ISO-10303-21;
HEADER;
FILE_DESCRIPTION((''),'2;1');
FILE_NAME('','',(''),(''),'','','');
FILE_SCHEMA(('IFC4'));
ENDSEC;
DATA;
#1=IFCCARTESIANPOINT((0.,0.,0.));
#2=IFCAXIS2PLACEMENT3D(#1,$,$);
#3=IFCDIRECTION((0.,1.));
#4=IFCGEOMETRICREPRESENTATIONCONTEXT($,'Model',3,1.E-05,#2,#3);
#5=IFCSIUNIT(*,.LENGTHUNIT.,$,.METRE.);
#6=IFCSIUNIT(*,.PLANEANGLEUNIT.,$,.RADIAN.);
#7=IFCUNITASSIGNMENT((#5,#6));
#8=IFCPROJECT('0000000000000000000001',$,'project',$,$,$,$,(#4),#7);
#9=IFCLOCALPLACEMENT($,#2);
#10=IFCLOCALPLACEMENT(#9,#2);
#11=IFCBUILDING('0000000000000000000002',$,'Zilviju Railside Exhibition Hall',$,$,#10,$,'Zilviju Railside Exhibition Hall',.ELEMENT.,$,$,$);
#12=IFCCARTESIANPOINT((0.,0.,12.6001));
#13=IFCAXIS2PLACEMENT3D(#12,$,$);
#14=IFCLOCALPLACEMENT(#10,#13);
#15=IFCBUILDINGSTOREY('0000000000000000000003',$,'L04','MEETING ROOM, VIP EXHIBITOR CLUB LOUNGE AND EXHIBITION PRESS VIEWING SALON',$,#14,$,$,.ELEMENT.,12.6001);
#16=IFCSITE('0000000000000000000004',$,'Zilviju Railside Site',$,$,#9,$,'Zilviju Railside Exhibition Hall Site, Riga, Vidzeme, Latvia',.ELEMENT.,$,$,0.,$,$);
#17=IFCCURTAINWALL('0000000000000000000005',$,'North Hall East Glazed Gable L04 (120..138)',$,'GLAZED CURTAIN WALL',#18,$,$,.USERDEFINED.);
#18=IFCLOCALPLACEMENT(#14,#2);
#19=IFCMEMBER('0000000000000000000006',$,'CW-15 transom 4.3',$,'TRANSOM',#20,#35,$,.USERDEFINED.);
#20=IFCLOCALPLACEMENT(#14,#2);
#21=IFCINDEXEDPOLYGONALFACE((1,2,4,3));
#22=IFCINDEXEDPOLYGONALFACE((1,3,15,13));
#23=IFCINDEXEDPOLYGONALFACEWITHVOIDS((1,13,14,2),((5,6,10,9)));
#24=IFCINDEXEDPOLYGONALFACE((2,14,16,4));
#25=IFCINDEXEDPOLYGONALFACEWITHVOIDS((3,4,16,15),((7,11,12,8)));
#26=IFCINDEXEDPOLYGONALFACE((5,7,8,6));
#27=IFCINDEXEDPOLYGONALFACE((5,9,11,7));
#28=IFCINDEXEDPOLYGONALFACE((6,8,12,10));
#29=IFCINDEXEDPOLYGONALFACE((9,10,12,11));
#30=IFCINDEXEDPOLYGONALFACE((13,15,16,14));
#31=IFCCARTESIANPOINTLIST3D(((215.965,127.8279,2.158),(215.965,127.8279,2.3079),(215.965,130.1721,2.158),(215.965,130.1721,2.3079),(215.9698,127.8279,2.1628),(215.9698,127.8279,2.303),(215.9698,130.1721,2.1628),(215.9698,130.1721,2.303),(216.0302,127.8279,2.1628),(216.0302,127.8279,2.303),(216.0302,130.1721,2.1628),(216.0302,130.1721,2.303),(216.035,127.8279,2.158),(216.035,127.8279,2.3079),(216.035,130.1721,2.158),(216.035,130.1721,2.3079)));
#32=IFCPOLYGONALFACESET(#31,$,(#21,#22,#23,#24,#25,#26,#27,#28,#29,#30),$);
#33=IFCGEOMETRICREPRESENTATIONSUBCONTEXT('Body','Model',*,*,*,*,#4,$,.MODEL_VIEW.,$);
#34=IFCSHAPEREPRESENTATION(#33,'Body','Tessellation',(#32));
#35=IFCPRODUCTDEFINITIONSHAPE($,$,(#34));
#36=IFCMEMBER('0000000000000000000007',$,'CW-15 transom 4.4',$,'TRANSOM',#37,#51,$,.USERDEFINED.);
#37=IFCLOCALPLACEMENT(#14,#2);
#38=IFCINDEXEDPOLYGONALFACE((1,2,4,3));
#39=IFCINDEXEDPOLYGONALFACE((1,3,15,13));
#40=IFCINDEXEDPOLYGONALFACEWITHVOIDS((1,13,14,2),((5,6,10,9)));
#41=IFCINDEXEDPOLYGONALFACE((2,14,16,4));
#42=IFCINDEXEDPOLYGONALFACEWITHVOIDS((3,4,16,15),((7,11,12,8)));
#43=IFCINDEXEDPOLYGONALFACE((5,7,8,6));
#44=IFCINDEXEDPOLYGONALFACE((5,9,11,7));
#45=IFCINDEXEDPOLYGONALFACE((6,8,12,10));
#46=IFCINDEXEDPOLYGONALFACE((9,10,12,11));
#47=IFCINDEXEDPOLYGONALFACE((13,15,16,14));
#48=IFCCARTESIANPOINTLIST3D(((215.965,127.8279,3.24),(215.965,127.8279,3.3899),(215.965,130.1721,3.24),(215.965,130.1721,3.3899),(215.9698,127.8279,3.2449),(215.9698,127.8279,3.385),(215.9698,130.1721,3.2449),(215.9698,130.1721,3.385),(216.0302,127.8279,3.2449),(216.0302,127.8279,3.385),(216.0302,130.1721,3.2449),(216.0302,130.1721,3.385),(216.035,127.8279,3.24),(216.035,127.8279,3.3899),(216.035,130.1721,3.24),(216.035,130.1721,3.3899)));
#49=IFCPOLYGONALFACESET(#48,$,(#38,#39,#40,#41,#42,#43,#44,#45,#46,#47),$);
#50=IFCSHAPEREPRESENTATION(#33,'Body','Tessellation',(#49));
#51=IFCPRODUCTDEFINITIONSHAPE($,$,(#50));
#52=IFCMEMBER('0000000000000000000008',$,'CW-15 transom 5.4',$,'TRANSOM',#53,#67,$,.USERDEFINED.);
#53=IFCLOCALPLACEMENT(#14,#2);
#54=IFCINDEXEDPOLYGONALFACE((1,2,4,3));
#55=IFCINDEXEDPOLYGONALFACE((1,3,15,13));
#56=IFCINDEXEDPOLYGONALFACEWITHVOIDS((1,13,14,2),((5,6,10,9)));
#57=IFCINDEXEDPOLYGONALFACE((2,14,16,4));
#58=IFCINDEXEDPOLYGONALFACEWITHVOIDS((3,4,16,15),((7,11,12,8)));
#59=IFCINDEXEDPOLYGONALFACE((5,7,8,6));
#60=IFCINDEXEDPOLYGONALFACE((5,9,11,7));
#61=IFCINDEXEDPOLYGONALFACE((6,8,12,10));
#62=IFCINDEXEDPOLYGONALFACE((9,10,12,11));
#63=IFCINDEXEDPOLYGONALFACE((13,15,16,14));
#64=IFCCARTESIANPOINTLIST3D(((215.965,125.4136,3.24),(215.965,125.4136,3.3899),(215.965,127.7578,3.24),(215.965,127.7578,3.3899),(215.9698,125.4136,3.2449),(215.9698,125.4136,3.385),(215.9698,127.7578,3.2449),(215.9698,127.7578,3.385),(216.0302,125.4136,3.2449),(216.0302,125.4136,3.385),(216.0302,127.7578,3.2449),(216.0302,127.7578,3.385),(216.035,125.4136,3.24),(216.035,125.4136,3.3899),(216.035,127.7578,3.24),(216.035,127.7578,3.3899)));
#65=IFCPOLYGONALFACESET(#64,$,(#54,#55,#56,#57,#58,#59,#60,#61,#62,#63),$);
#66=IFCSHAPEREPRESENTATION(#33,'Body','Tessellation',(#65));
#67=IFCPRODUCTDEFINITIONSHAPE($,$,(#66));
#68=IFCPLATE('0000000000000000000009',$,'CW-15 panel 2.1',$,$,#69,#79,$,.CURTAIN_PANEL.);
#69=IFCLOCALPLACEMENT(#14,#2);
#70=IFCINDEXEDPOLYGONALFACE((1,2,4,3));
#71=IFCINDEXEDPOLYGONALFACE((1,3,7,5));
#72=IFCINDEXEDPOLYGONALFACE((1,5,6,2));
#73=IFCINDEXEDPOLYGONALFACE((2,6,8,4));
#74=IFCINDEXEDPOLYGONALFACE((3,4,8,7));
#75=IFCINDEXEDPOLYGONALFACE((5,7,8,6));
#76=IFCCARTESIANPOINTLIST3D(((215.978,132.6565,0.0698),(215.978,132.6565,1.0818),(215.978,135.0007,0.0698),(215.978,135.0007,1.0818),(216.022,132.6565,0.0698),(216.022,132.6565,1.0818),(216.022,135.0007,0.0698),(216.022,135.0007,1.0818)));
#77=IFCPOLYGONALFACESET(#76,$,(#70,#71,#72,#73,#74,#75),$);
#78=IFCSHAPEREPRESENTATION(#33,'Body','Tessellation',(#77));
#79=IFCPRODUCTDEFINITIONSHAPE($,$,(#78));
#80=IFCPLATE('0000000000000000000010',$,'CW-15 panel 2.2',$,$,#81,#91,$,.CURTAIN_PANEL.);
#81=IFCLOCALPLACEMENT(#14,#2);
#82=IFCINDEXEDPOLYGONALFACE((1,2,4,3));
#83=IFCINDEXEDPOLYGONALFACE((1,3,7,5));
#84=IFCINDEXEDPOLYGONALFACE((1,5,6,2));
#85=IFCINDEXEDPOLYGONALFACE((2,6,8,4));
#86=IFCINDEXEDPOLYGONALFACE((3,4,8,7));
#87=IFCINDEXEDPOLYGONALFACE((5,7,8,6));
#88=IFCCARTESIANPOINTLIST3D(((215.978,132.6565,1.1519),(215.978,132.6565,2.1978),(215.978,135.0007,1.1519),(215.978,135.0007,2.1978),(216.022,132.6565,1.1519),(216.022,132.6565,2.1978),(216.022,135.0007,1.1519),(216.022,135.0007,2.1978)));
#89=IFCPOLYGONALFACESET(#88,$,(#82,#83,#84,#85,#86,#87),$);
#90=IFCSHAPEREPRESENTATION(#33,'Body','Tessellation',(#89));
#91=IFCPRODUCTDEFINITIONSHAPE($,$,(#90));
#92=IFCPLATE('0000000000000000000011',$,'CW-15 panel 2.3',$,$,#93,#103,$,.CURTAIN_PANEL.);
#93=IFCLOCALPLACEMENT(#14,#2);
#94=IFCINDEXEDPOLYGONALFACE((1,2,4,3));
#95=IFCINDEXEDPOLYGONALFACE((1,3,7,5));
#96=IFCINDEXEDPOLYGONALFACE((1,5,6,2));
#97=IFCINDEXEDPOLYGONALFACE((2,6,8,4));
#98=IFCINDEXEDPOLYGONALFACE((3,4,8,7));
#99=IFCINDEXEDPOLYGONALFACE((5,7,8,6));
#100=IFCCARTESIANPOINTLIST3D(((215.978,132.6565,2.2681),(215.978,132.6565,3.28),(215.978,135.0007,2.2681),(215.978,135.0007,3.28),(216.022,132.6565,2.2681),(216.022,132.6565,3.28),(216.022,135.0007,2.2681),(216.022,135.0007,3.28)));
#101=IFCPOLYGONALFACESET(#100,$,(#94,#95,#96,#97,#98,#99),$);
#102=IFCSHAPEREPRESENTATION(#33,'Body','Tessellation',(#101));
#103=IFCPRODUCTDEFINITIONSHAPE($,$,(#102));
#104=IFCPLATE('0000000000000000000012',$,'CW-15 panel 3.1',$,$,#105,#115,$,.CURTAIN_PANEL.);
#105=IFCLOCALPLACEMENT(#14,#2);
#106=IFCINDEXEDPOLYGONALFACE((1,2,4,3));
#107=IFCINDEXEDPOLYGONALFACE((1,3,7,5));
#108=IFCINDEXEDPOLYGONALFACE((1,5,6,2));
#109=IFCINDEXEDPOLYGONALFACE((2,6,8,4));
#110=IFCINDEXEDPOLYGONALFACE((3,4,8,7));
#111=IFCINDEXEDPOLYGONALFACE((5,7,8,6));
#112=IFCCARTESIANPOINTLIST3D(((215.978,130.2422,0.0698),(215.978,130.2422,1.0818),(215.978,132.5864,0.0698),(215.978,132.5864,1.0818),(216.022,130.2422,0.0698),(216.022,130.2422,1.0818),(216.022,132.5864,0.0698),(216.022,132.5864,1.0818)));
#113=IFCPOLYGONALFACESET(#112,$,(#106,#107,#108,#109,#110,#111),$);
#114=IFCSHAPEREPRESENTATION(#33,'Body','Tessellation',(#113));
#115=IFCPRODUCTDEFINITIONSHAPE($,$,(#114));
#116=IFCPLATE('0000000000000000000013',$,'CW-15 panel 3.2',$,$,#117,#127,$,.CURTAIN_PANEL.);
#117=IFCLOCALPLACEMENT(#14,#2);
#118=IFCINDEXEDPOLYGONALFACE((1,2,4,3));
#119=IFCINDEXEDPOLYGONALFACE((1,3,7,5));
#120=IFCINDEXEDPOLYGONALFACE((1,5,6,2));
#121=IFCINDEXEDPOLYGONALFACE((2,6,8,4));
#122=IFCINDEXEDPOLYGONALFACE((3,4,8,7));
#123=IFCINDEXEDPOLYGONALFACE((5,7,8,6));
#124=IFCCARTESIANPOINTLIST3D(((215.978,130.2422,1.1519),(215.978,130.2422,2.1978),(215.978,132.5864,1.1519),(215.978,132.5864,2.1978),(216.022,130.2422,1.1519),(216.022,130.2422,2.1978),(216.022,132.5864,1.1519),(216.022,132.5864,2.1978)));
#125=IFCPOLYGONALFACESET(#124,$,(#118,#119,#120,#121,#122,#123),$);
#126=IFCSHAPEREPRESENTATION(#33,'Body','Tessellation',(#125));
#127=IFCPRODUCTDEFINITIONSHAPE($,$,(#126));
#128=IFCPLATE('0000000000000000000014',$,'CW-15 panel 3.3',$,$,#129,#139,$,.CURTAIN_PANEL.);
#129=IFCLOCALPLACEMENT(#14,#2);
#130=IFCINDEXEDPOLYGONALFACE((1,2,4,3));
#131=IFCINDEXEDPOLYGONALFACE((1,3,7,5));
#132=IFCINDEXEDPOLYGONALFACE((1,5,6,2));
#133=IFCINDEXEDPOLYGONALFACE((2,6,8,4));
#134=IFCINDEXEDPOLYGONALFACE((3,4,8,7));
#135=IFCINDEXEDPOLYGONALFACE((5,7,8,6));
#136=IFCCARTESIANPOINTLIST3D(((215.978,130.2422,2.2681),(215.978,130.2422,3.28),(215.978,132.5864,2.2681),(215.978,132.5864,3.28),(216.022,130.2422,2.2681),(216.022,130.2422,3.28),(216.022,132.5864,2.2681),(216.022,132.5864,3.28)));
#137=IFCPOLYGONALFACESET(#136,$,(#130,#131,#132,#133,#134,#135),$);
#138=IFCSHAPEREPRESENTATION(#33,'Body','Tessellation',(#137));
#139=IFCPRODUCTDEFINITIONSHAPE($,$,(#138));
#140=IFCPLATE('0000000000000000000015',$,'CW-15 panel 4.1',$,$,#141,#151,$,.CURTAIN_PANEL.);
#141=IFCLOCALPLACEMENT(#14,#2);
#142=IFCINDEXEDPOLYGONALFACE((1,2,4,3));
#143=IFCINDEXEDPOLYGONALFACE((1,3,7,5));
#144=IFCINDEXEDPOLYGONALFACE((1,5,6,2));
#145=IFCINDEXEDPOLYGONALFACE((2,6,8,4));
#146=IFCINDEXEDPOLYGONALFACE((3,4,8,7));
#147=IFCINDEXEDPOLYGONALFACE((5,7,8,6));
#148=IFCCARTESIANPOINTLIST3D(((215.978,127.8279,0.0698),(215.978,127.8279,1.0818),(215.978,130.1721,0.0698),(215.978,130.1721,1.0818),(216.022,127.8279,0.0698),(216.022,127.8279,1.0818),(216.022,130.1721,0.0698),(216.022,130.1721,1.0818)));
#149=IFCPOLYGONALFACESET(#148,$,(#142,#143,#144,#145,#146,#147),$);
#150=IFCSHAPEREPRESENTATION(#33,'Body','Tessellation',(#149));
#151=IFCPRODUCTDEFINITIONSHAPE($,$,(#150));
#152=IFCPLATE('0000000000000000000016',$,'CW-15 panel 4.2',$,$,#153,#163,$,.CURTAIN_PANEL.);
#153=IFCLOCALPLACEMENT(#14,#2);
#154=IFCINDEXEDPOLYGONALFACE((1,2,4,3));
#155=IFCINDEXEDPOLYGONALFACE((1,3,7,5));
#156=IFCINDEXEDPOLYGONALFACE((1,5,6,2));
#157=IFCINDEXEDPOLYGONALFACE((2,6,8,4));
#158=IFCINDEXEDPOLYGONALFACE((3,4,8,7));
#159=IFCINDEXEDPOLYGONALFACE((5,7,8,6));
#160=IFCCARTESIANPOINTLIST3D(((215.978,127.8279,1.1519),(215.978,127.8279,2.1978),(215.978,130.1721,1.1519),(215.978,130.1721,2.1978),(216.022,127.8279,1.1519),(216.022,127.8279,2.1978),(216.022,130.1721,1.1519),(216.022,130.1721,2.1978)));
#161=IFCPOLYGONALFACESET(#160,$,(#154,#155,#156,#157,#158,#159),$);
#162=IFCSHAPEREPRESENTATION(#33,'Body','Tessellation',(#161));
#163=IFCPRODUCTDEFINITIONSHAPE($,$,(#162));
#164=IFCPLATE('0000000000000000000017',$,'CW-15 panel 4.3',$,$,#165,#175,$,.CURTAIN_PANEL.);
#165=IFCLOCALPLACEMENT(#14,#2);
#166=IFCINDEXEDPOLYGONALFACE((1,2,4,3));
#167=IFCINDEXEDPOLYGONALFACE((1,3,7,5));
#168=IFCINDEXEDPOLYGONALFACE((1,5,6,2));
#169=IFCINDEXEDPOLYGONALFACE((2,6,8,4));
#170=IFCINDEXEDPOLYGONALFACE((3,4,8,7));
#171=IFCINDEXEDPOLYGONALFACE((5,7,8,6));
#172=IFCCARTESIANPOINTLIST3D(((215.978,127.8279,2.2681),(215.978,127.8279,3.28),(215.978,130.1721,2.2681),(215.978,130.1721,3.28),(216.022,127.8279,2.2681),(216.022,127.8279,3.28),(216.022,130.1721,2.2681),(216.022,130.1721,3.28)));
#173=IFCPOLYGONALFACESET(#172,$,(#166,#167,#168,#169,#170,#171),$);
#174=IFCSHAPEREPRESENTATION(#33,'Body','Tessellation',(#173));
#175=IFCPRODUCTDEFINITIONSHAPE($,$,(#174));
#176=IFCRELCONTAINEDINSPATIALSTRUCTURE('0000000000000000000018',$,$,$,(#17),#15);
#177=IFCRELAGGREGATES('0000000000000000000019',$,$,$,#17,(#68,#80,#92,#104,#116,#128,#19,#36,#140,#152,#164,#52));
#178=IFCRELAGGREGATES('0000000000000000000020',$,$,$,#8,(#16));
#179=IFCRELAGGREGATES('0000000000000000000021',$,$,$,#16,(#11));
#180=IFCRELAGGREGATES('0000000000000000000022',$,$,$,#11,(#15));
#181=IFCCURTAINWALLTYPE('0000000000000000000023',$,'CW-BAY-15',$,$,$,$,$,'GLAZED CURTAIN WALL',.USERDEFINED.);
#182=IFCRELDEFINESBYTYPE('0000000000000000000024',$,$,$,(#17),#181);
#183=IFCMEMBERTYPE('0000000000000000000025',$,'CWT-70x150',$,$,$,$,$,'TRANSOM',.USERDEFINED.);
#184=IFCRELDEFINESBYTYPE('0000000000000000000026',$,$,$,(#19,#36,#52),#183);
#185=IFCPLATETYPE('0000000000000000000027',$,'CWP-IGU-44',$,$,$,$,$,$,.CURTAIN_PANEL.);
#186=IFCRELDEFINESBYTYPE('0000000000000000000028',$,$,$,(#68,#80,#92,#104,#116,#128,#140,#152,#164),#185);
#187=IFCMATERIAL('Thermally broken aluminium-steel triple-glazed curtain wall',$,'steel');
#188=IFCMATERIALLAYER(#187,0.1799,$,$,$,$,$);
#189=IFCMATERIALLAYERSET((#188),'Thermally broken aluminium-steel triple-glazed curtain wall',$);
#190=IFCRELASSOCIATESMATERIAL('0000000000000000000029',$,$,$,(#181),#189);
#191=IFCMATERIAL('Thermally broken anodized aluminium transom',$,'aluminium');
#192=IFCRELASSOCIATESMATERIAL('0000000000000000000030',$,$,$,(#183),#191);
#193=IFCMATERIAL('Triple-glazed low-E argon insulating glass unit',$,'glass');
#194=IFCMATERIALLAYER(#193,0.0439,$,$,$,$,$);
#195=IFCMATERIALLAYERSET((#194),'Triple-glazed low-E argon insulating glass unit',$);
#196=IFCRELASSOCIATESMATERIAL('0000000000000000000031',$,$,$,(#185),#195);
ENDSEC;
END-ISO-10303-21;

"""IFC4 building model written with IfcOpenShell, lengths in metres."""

from ifc_helpers import new_model, si_unit, direction, frame, origin, origin_2d, place, context, subcontext, project, spatial, rectangle, hollow_rectangle, extrude, material, layer, layer_set, material_profile, profile_set, type_object, element, aggregate, save


model = new_model("IFC4")

# Units and contexts
model_context = context("Model", 3, precision=1e-05, world=origin(), true_north=direction((0.0, 1.0)))
body_context = subcontext(model_context, "Body", "Model", "MODEL_VIEW")
ifc_project = project(units=[si_unit("LENGTHUNIT", "METRE"), si_unit("PLANEANGLEUNIT", "RADIAN")], contexts=[model_context])

# Site, building, storey
site_placement = place(None, origin())
site = spatial("IfcSite", under=ifc_project, at=site_placement, Name="Zilviju Railside Site", LongName="Zilviju Railside Exhibition Hall Site, Riga, Vidzeme, Latvia", CompositionType="ELEMENT", RefElevation=0.0)
building_placement = place(site_placement, origin())
building = spatial("IfcBuilding", under=site, at=building_placement, Name="Zilviju Railside Exhibition Hall", LongName="Zilviju Railside Exhibition Hall", CompositionType="ELEMENT")
storey_placement = place(building_placement, frame((0.0, 0.0, 12.6001)))
storey = spatial("IfcBuildingStorey", under=building, at=storey_placement, Name="L04", Description="MEETING ROOM, VIP EXHIBITOR CLUB LOUNGE AND EXHIBITION PRESS VIEWING SALON", CompositionType="ELEMENT", Elevation=12.6001)

# Curtain wall, members, plates
ifc_material_1 = material(Name="Thermally broken aluminium-steel triple-glazed curtain wall", Category="steel")
ifc_layer_1 = layer(ifc_material_1, 0.1799)
ifc_layer_set_1 = layer_set([ifc_layer_1], Name="Thermally broken aluminium-steel triple-glazed curtain wall")
curtain_wall_type = type_object("IfcCurtainWallType", Name="CW-BAY-15", ElementType="GLAZED CURTAIN WALL", PredefinedType="USERDEFINED", material=ifc_layer_set_1)
curtain_wall_placement = place(storey_placement, origin())
curtain_wall = element("IfcCurtainWall", 1, at=curtain_wall_placement, inside=storey, type_object=curtain_wall_type, Name="North Hall East Glazed Gable L04 (120..138)", ObjectType="GLAZED CURTAIN WALL", PredefinedType="USERDEFINED")
ifc_material_2 = material(Name="Thermally broken anodized aluminium transom", Category="aluminium")
ifc_material_profile_1 = material_profile(ifc_material_2, hollow_rectangle(XDim=0.0701, YDim=0.1499, WallThickness=0.0049, at=origin_2d()), Name="TRANSOM 150x70x5")
ifc_profile_set_1 = profile_set([ifc_material_profile_1], Name="Thermally broken anodized aluminium transom")
member_type_1 = type_object("IfcMemberType", Name="CWT-70x150", ElementType="TRANSOM", PredefinedType="USERDEFINED", material=ifc_profile_set_1)
member_1_placement = place(storey_placement, frame((216.0, 130.1721, 2.2329), z_axis=(0.0, -1.0, 0.0), x_axis=(1.0, 0.0, 0.0)))
member_1 = element("IfcMember", 2, at=member_1_placement, type_object=member_type_1, Name="CW-15 transom 4.3", ObjectType="TRANSOM", PredefinedType="USERDEFINED", context=body_context, shape_type="SweptSolid", body=[
    extrude(hollow_rectangle(XDim=0.0701, YDim=0.1499, WallThickness=0.0049, at=origin_2d()), origin(), (0.0, 0.0, 1.0), 2.3442),
])
member_2_placement = place(storey_placement, frame((216.0, 130.1721, 3.3149), z_axis=(0.0, -1.0, 0.0), x_axis=(1.0, 0.0, 0.0)))
member_2 = element("IfcMember", 3, at=member_2_placement, type_object=member_type_1, Name="CW-15 transom 4.4", ObjectType="TRANSOM", PredefinedType="USERDEFINED", context=body_context, shape_type="SweptSolid", body=[
    extrude(hollow_rectangle(XDim=0.0701, YDim=0.1499, WallThickness=0.0049, at=origin_2d()), origin(), (0.0, 0.0, 1.0), 2.3442),
])
member_3_placement = place(storey_placement, frame((216.0, 127.7578, 3.3149), z_axis=(0.0, -1.0, 0.0), x_axis=(1.0, 0.0, 0.0)))
member_3 = element("IfcMember", 4, at=member_3_placement, type_object=member_type_1, Name="CW-15 transom 5.4", ObjectType="TRANSOM", PredefinedType="USERDEFINED", context=body_context, shape_type="SweptSolid", body=[
    extrude(hollow_rectangle(XDim=0.0701, YDim=0.1499, WallThickness=0.0049, at=origin_2d()), origin(), (0.0, 0.0, 1.0), 2.3442),
])
ifc_material_3 = material(Name="Triple-glazed low-E argon insulating glass unit", Category="glass")
ifc_layer_2 = layer(ifc_material_3, 0.0439)
ifc_layer_set_2 = layer_set([ifc_layer_2], Name="Triple-glazed low-E argon insulating glass unit")
plate_type = type_object("IfcPlateType", Name="CWP-IGU-44", PredefinedType="CURTAIN_PANEL", material=ifc_layer_set_2)
plate_1_placement = place(storey_placement, frame((216.0, 133.8286, 0.0698), z_axis=(0.0, 0.0, 1.0), x_axis=(0.0, -1.0, 0.0)))
plate_1 = element("IfcPlate", 5, at=plate_1_placement, type_object=plate_type, Name="CW-15 panel 2.1", PredefinedType="CURTAIN_PANEL", context=body_context, shape_type="SweptSolid", body=[
    extrude(rectangle(XDim=2.3442, YDim=0.0439, at=origin_2d()), origin(), (0.0, 0.0, 1.0), 1.012),
])
plate_2_placement = place(storey_placement, frame((216.0, 133.8286, 1.1519), z_axis=(0.0, 0.0, 1.0), x_axis=(0.0, -1.0, 0.0)))
plate_2 = element("IfcPlate", 6, at=plate_2_placement, type_object=plate_type, Name="CW-15 panel 2.2", PredefinedType="CURTAIN_PANEL", context=body_context, shape_type="SweptSolid", body=[
    extrude(rectangle(XDim=2.3442, YDim=0.0439, at=origin_2d()), origin(), (0.0, 0.0, 1.0), 1.0459),
])
plate_3_placement = place(storey_placement, frame((216.0, 133.8286, 2.2681), z_axis=(0.0, 0.0, 1.0), x_axis=(0.0, -1.0, 0.0)))
plate_3 = element("IfcPlate", 7, at=plate_3_placement, type_object=plate_type, Name="CW-15 panel 2.3", PredefinedType="CURTAIN_PANEL", context=body_context, shape_type="SweptSolid", body=[
    extrude(rectangle(XDim=2.3442, YDim=0.0439, at=origin_2d()), origin(), (0.0, 0.0, 1.0), 1.012),
])
plate_4_placement = place(storey_placement, frame((216.0, 131.4143, 0.0698), z_axis=(0.0, 0.0, 1.0), x_axis=(0.0, -1.0, 0.0)))
plate_4 = element("IfcPlate", 8, at=plate_4_placement, type_object=plate_type, Name="CW-15 panel 3.1", PredefinedType="CURTAIN_PANEL", context=body_context, shape_type="SweptSolid", body=[
    extrude(rectangle(XDim=2.3442, YDim=0.0439, at=origin_2d()), origin(), (0.0, 0.0, 1.0), 1.012),
])
plate_5_placement = place(storey_placement, frame((216.0, 131.4143, 1.1519), z_axis=(0.0, 0.0, 1.0), x_axis=(0.0, -1.0, 0.0)))
plate_5 = element("IfcPlate", 9, at=plate_5_placement, type_object=plate_type, Name="CW-15 panel 3.2", PredefinedType="CURTAIN_PANEL", context=body_context, shape_type="SweptSolid", body=[
    extrude(rectangle(XDim=2.3442, YDim=0.0439, at=origin_2d()), origin(), (0.0, 0.0, 1.0), 1.0459),
])
plate_6_placement = place(storey_placement, frame((216.0, 131.4143, 2.2681), z_axis=(0.0, 0.0, 1.0), x_axis=(0.0, -1.0, 0.0)))
plate_6 = element("IfcPlate", 10, at=plate_6_placement, type_object=plate_type, Name="CW-15 panel 3.3", PredefinedType="CURTAIN_PANEL", context=body_context, shape_type="SweptSolid", body=[
    extrude(rectangle(XDim=2.3442, YDim=0.0439, at=origin_2d()), origin(), (0.0, 0.0, 1.0), 1.012),
])
plate_7_placement = place(storey_placement, frame((216.0, 129.0, 0.0698), z_axis=(0.0, 0.0, 1.0), x_axis=(0.0, -1.0, 0.0)))
plate_7 = element("IfcPlate", 11, at=plate_7_placement, type_object=plate_type, Name="CW-15 panel 4.1", PredefinedType="CURTAIN_PANEL", context=body_context, shape_type="SweptSolid", body=[
    extrude(rectangle(XDim=2.3442, YDim=0.0439, at=origin_2d()), origin(), (0.0, 0.0, 1.0), 1.012),
])
plate_8_placement = place(storey_placement, frame((216.0, 129.0, 1.1519), z_axis=(0.0, 0.0, 1.0), x_axis=(0.0, -1.0, 0.0)))
plate_8 = element("IfcPlate", 12, at=plate_8_placement, type_object=plate_type, Name="CW-15 panel 4.2", PredefinedType="CURTAIN_PANEL", context=body_context, shape_type="SweptSolid", body=[
    extrude(rectangle(XDim=2.3442, YDim=0.0439, at=origin_2d()), origin(), (0.0, 0.0, 1.0), 1.0459),
])
plate_9_placement = place(storey_placement, frame((216.0, 129.0, 2.2681), z_axis=(0.0, 0.0, 1.0), x_axis=(0.0, -1.0, 0.0)))
plate_9 = element("IfcPlate", 13, at=plate_9_placement, type_object=plate_type, Name="CW-15 panel 4.3", PredefinedType="CURTAIN_PANEL", context=body_context, shape_type="SweptSolid", body=[
    extrude(rectangle(XDim=2.3442, YDim=0.0439, at=origin_2d()), origin(), (0.0, 0.0, 1.0), 1.012),
])
aggregate(curtain_wall, [plate_1, plate_2, plate_3, plate_4, plate_5, plate_6, member_1, member_2, plate_7, plate_8, plate_9, member_3])

save(model, "model.ifc")
